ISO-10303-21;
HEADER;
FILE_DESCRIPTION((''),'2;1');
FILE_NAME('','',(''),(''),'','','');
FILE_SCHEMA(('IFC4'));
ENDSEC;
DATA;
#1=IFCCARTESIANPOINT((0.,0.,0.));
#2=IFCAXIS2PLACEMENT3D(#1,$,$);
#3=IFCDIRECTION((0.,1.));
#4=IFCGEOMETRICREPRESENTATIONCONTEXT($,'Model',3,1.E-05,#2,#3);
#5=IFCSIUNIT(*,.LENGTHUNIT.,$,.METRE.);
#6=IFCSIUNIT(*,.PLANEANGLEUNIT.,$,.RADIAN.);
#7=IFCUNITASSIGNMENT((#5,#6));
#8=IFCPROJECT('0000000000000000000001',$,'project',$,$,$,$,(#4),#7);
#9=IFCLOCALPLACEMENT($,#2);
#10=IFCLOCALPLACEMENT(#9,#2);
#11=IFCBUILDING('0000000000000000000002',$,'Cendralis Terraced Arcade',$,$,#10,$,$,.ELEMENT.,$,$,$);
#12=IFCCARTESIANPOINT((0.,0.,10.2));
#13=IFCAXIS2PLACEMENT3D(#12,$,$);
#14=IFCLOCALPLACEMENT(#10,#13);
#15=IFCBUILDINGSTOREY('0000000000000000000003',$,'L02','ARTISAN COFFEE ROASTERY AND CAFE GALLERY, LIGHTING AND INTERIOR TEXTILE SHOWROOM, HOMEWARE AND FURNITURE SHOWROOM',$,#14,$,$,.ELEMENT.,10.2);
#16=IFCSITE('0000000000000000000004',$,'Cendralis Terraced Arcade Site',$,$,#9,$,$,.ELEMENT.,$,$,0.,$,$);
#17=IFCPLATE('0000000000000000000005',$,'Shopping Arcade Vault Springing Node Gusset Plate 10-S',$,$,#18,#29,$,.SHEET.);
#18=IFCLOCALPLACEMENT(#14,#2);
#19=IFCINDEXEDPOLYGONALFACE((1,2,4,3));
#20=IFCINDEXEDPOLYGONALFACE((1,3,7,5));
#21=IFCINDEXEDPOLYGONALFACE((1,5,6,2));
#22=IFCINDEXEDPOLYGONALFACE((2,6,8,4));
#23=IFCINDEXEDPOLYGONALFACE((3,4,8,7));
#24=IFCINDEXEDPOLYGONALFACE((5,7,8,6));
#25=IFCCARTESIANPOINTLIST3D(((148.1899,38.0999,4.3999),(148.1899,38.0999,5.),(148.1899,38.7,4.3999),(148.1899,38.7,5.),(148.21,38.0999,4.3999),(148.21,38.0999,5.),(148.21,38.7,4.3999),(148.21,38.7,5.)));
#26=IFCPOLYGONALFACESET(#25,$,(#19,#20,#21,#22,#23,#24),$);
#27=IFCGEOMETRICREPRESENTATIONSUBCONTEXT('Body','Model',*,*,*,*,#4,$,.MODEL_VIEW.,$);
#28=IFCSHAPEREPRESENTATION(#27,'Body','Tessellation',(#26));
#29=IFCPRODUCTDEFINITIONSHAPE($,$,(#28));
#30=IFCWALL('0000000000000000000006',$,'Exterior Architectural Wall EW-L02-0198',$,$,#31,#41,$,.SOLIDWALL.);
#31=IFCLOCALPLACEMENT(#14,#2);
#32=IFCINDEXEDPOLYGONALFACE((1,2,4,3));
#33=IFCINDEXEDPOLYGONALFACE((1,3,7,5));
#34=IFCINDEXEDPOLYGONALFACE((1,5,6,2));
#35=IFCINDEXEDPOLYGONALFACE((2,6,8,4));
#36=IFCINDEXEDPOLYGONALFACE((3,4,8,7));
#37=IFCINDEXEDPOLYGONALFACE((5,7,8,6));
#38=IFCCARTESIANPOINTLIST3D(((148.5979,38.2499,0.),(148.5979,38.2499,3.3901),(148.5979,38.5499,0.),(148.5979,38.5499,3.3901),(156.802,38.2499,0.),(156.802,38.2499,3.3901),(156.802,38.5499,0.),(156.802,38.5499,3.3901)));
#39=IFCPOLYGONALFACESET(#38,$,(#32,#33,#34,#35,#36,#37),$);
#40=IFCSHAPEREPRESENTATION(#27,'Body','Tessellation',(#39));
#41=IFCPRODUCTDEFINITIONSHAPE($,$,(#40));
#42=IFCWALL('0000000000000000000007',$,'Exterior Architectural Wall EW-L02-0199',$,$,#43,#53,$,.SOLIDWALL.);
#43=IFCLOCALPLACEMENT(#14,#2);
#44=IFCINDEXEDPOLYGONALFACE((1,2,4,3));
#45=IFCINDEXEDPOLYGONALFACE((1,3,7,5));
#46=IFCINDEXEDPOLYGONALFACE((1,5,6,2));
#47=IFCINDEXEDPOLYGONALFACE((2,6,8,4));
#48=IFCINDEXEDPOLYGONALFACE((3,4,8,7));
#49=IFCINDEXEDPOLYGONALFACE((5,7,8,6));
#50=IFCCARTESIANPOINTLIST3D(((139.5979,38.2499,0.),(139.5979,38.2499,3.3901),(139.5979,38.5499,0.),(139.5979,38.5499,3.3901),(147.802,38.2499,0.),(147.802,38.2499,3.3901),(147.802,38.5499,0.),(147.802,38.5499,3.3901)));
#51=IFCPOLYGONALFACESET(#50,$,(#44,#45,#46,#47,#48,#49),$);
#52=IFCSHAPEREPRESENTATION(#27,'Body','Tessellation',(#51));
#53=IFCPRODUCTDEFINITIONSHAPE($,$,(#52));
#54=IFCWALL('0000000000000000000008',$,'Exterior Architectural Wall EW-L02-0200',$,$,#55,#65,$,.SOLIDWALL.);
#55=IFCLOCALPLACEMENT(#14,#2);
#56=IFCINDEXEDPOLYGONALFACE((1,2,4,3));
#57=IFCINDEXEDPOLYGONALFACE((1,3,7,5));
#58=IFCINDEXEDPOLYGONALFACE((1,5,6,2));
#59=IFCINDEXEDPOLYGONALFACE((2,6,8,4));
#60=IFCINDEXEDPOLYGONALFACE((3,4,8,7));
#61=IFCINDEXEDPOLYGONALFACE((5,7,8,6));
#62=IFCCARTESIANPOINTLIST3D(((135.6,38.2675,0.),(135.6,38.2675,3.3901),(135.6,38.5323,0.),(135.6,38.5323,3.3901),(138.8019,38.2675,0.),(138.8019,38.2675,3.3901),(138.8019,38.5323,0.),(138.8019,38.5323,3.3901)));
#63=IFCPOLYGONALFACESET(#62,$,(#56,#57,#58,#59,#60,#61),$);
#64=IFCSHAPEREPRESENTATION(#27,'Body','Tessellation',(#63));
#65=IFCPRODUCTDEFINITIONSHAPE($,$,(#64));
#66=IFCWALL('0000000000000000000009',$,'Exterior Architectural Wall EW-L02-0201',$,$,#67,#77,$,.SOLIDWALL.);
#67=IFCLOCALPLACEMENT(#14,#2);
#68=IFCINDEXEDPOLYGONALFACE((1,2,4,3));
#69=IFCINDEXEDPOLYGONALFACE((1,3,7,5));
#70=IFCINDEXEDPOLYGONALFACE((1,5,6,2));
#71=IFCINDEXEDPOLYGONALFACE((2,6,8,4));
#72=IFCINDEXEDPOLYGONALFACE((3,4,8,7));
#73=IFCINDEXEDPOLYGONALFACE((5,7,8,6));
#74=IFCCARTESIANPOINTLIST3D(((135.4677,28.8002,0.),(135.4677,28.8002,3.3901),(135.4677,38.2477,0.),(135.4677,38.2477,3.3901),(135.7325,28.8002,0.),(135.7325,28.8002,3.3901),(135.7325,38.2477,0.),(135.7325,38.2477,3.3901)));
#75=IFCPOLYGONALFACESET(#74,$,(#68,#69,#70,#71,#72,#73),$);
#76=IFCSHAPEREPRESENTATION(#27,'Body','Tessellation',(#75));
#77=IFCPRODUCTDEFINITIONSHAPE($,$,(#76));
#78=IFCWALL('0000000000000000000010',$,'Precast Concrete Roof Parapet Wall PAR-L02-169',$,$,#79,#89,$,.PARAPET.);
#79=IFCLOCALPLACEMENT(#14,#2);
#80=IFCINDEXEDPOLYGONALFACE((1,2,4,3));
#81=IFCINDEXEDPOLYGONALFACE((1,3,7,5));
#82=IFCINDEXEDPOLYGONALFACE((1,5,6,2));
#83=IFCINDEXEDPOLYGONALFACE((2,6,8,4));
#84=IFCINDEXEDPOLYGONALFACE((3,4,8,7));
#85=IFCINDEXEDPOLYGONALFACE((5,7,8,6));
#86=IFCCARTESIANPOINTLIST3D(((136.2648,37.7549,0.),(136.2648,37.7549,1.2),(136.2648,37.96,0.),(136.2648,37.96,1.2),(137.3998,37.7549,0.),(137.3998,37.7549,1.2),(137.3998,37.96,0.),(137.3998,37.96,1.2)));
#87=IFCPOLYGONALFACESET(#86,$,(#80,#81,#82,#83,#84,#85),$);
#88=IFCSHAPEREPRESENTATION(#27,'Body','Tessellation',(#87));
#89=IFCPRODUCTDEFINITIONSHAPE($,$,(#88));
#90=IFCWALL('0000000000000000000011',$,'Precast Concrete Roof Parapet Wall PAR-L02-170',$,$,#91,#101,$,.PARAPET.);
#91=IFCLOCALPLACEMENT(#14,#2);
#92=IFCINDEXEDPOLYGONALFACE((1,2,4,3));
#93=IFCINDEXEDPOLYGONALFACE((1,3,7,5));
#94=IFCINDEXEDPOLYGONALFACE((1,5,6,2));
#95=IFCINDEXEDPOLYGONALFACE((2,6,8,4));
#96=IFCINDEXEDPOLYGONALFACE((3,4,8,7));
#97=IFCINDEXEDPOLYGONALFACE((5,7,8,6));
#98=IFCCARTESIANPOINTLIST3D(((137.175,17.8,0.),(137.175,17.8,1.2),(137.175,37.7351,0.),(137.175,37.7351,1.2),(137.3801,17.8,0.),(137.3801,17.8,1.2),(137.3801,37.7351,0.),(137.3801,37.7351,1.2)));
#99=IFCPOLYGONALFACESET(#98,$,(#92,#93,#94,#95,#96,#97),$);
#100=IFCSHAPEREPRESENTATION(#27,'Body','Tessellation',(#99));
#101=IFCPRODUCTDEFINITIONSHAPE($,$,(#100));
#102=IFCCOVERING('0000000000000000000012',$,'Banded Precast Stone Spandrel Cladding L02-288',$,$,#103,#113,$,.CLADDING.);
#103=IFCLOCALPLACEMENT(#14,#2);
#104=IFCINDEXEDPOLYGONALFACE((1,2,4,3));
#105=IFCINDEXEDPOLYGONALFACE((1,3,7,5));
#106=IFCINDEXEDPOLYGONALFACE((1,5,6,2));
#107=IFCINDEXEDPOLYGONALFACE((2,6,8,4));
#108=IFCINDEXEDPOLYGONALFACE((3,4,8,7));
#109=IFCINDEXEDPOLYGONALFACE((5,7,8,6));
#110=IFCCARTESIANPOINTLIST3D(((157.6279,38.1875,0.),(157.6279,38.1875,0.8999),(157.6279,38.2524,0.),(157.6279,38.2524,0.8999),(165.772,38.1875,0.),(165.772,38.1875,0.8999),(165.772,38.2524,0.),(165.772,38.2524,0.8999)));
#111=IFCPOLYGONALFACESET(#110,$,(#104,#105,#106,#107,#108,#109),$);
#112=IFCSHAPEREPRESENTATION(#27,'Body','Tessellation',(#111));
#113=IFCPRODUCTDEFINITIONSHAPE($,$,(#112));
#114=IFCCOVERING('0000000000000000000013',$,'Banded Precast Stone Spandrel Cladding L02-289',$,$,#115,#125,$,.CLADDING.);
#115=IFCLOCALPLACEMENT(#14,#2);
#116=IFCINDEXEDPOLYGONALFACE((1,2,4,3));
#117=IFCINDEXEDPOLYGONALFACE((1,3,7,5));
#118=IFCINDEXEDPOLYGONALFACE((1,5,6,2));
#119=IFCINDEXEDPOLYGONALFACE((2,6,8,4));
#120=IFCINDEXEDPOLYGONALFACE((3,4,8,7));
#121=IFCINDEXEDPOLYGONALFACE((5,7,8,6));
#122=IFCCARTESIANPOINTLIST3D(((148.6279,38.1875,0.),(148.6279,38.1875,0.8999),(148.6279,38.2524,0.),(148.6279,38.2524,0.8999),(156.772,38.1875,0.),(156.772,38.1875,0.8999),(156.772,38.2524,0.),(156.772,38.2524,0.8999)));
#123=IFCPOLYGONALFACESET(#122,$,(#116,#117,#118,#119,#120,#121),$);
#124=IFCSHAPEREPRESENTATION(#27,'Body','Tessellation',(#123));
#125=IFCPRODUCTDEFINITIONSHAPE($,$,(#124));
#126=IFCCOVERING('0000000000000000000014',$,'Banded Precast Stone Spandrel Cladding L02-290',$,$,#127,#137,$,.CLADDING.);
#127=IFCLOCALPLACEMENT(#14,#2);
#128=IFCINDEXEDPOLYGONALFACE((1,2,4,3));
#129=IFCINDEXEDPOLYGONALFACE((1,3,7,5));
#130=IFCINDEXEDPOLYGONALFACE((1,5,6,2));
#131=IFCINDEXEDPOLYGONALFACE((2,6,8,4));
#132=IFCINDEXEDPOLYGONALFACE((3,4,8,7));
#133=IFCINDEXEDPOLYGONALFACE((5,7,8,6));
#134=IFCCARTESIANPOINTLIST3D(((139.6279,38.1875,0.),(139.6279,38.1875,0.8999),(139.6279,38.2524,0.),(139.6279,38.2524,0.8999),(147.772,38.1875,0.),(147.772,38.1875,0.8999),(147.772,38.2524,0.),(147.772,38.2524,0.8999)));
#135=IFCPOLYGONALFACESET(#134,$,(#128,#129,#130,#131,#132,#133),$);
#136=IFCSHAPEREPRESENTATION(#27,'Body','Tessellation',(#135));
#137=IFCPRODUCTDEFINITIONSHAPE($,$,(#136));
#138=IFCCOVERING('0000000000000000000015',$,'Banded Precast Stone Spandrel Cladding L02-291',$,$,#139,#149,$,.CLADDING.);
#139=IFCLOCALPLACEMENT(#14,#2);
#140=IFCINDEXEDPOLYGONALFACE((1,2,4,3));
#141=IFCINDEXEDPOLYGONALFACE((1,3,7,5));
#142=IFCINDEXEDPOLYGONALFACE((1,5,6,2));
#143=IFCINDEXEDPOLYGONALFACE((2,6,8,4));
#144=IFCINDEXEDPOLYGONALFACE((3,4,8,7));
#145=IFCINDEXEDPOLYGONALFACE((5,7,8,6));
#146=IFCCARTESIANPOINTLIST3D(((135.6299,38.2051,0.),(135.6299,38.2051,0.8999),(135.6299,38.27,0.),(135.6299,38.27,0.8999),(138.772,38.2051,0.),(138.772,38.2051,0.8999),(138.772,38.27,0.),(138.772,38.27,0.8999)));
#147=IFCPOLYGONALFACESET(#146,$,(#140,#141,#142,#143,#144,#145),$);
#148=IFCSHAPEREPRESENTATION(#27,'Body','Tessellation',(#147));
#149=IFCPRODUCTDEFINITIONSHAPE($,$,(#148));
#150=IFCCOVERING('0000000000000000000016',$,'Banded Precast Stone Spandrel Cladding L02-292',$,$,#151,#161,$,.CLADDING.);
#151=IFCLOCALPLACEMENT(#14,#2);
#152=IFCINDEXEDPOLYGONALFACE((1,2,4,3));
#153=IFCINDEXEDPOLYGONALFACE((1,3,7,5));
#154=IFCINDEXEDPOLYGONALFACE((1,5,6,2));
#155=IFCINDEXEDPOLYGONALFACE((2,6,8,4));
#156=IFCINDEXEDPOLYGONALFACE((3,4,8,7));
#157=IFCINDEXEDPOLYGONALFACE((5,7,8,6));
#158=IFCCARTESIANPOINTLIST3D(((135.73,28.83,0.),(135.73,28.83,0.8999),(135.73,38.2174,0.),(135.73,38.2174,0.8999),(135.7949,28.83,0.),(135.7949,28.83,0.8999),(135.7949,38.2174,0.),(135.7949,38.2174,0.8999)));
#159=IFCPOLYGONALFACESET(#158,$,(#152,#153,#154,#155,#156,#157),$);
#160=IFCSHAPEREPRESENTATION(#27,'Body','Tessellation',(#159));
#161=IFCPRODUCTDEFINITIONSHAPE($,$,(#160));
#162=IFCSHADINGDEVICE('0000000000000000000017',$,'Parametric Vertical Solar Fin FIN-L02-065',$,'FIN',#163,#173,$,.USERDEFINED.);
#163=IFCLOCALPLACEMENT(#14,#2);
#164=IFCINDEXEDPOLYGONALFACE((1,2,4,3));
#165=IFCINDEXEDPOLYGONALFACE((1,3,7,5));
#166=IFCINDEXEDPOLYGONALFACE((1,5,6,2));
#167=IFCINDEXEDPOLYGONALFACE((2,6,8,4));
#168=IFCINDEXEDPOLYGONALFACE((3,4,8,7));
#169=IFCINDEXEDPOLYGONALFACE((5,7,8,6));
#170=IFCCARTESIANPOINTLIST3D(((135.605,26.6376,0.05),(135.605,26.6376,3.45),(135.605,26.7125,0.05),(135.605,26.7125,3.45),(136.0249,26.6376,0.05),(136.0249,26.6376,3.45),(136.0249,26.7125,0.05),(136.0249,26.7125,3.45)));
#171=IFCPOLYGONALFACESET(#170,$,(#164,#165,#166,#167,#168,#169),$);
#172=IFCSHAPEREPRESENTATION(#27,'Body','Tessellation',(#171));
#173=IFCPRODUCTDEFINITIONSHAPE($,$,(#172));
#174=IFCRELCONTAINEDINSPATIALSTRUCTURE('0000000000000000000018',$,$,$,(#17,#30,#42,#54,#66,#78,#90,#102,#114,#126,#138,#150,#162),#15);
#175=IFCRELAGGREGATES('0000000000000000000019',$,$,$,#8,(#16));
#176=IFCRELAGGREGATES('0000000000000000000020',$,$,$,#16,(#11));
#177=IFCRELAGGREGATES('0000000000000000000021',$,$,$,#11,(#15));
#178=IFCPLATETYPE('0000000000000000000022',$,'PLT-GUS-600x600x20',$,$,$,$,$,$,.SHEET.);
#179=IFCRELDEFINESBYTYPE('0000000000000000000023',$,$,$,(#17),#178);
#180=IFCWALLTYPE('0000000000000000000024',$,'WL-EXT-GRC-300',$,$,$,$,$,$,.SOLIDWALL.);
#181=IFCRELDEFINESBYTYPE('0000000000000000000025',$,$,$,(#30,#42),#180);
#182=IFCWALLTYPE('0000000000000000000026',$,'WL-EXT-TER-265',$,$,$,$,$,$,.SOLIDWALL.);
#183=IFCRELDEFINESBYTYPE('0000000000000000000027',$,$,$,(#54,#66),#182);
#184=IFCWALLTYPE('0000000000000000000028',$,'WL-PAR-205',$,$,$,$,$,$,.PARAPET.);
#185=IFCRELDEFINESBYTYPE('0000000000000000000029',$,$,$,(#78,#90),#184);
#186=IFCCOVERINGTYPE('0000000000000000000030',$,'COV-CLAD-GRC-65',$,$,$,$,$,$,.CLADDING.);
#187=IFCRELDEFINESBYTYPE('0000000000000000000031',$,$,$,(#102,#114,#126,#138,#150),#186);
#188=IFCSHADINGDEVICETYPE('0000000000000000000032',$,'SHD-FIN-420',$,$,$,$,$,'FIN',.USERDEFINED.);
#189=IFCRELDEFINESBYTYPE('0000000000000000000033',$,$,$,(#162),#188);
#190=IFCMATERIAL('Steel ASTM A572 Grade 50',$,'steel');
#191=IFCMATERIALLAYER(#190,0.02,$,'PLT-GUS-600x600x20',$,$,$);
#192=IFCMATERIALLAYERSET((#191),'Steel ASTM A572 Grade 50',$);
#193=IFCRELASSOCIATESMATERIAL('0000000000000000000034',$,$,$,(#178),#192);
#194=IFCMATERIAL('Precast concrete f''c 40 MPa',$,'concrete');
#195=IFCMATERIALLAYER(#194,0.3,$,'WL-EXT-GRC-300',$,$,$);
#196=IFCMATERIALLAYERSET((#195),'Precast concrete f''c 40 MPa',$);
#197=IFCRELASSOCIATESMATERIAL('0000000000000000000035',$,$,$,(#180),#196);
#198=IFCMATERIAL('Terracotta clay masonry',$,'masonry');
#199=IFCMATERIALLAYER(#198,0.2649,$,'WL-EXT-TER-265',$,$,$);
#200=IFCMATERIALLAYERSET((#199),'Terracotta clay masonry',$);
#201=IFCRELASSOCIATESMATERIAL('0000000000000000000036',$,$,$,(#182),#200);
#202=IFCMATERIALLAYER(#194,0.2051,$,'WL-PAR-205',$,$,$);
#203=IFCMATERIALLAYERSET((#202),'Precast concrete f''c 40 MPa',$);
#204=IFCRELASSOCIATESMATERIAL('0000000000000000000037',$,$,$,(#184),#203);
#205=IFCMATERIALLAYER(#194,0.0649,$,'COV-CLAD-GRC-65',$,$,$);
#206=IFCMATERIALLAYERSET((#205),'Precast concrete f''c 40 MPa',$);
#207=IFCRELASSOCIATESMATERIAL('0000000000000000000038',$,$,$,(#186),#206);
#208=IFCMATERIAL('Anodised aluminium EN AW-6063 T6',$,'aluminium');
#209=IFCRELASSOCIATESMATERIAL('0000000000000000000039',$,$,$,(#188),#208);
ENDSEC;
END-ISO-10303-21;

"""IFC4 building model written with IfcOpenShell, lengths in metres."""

from ifc_helpers import new_model, si_unit, direction, frame, frame_2d, origin, origin_2d, place, context, subcontext, project, spatial, rectangle, extrude, material, layer, layer_set, type_object, element, save


model = new_model("IFC4")

# Units and contexts
model_context = context("Model", 3, precision=1e-05, world=origin(), true_north=direction((0.0, 1.0)))
body_context = subcontext(model_context, "Body", "Model", "MODEL_VIEW")
ifc_project = project(units=[si_unit("LENGTHUNIT", "METRE"), si_unit("PLANEANGLEUNIT", "RADIAN")], contexts=[model_context])

# Site, building, storey
site_placement = place(None, origin())
site = spatial("IfcSite", under=ifc_project, at=site_placement, Name="Cendralis Terraced Arcade Site", CompositionType="ELEMENT", RefElevation=0.0)
building_placement = place(site_placement, origin())
building = spatial("IfcBuilding", under=site, at=building_placement, Name="Cendralis Terraced Arcade", CompositionType="ELEMENT")
storey_placement = place(building_placement, frame((0.0, 0.0, 10.2)))
storey = spatial("IfcBuildingStorey", under=building, at=storey_placement, Name="L02", Description="ARTISAN COFFEE ROASTERY AND CAFE GALLERY, LIGHTING AND INTERIOR TEXTILE SHOWROOM, HOMEWARE AND FURNITURE SHOWROOM", CompositionType="ELEMENT", Elevation=10.2)

# Plate
ifc_material_1 = material(Name="Steel ASTM A572 Grade 50", Category="steel")
ifc_layer_1 = layer(ifc_material_1, 0.02, Name="PLT-GUS-600x600x20")
ifc_layer_set_1 = layer_set([ifc_layer_1], Name="Steel ASTM A572 Grade 50")
plate_type_1 = type_object("IfcPlateType", Name="PLT-GUS-600x600x20", PredefinedType="SHEET", material=ifc_layer_set_1)
plate_1_placement = place(storey_placement, frame((148.2, 38.3999, 4.3999), z_axis=(0.0, 0.0, 1.0), x_axis=(0.0, 1.0, 0.0)))
element("IfcPlate", 1, at=plate_1_placement, inside=storey, type_object=plate_type_1, Name="Shopping Arcade Vault Springing Node Gusset Plate 10-S", PredefinedType="SHEET", context=body_context, shape_type="SweptSolid", body=[
    extrude(rectangle(XDim=0.6001, YDim=0.02, at=origin_2d()), origin(), (0.0, 0.0, 1.0), 0.6001),
])

# Walls
ifc_material_2 = material(Name="Precast concrete f'c 40 MPa", Category="concrete")
ifc_layer_2 = layer(ifc_material_2, 0.3, Name="WL-EXT-GRC-300")
ifc_layer_set_2 = layer_set([ifc_layer_2], Name="Precast concrete f'c 40 MPa")
wall_type_1 = type_object("IfcWallType", Name="WL-EXT-GRC-300", PredefinedType="SOLIDWALL", material=ifc_layer_set_2)
for number, where, z_axis, x_axis, name in (
    (2, (156.802, 38.3999, 0.0), (0.0, 0.0, 1.0), (-1.0, 0.0, 0.0), "Exterior Architectural Wall EW-L02-0198"),
    (3, (147.802, 38.3999, 0.0), (0.0, 0.0, 1.0), (-1.0, 0.0, 0.0), "Exterior Architectural Wall EW-L02-0199"),
):
    element("IfcWall", number, at=place(storey_placement, frame(where, z_axis=z_axis, x_axis=x_axis)), inside=storey, type_object=wall_type_1, Name=name, PredefinedType="SOLIDWALL", context=body_context, shape_type="SweptSolid", body=[
        extrude(rectangle(XDim=8.2041, YDim=0.3, at=frame_2d((4.1021, 0.0))), origin(), (0.0, 0.0, 1.0), 3.3901),
    ])
ifc_material_3 = material(Name="Terracotta clay masonry", Category="masonry")
ifc_layer_3 = layer(ifc_material_3, 0.2649, Name="WL-EXT-TER-265")
ifc_layer_set_3 = layer_set([ifc_layer_3], Name="Terracotta clay masonry")
wall_type_2 = type_object("IfcWallType", Name="WL-EXT-TER-265", PredefinedType="SOLIDWALL", material=ifc_layer_set_3)
wall_1_placement = place(storey_placement, frame((138.802, 38.3999, 0.0), z_axis=(0.0, 0.0, 1.0), x_axis=(-1.0, 0.0, 0.0)))
element("IfcWall", 4, at=wall_1_placement, inside=storey, type_object=wall_type_2, Name="Exterior Architectural Wall EW-L02-0200", PredefinedType="SOLIDWALL", context=body_context, shape_type="SweptSolid", body=[
    extrude(rectangle(XDim=3.2019, YDim=0.2649, at=frame_2d((1.6011, 0.0))), origin(), (0.0, 0.0, 1.0), 3.3901),
])
wall_2_placement = place(storey_placement, frame((135.6001, 38.2476, 0.0), z_axis=(0.0, 0.0, 1.0), x_axis=(0.0, -1.0, 0.0)))
element("IfcWall", 5, at=wall_2_placement, inside=storey, type_object=wall_type_2, Name="Exterior Architectural Wall EW-L02-0201", PredefinedType="SOLIDWALL", context=body_context, shape_type="SweptSolid", body=[
    extrude(rectangle(XDim=9.4475, YDim=0.2649, at=frame_2d((4.7236, 0.0))), origin(), (0.0, 0.0, 1.0), 3.3901),
])
ifc_layer_4 = layer(ifc_material_2, 0.2051, Name="WL-PAR-205")
ifc_layer_set_4 = layer_set([ifc_layer_4], Name="Precast concrete f'c 40 MPa")
wall_type_3 = type_object("IfcWallType", Name="WL-PAR-205", PredefinedType="PARAPET", material=ifc_layer_set_4)
wall_3_placement = place(storey_placement, frame((136.2649, 37.8574, 0.0), z_axis=(0.0, 0.0, 1.0), x_axis=(1.0, 0.0, 0.0)))
element("IfcWall", 6, at=wall_3_placement, inside=storey, type_object=wall_type_3, Name="Precast Concrete Roof Parapet Wall PAR-L02-169", PredefinedType="PARAPET", context=body_context, shape_type="SweptSolid", body=[
    extrude(rectangle(XDim=1.135, YDim=0.2051, at=frame_2d((0.5674, 0.0))), origin(), (0.0, 0.0, 1.0), 1.2),
])
wall_4_placement = place(storey_placement, frame((137.2776, 37.7351, 0.0), z_axis=(0.0, 0.0, 1.0), x_axis=(0.0, -1.0, 0.0)))
element("IfcWall", 7, at=wall_4_placement, inside=storey, type_object=wall_type_3, Name="Precast Concrete Roof Parapet Wall PAR-L02-170", PredefinedType="PARAPET", context=body_context, shape_type="SweptSolid", body=[
    extrude(rectangle(XDim=19.9351, YDim=0.2051, at=frame_2d((9.9675, 0.0))), origin(), (0.0, 0.0, 1.0), 1.2),
])

# Coverings
ifc_layer_5 = layer(ifc_material_2, 0.0649, Name="COV-CLAD-GRC-65")
ifc_layer_set_5 = layer_set([ifc_layer_5], Name="Precast concrete f'c 40 MPa")
covering_type = type_object("IfcCoveringType", Name="COV-CLAD-GRC-65", PredefinedType="CLADDING", material=ifc_layer_set_5)
for number, where, z_axis, x_axis, name in (
    (8, (161.7, 38.22, 0.0), (0.0, 0.0, 1.0), (-1.0, 0.0, 0.0), "Banded Precast Stone Spandrel Cladding L02-288"),
    (9, (152.7, 38.22, 0.0), (0.0, 0.0, 1.0), (-1.0, 0.0, 0.0), "Banded Precast Stone Spandrel Cladding L02-289"),
    (10, (143.7, 38.22, 0.0), (0.0, 0.0, 1.0), (-1.0, 0.0, 0.0), "Banded Precast Stone Spandrel Cladding L02-290"),
):
    element("IfcCovering", number, at=place(storey_placement, frame(where, z_axis=z_axis, x_axis=x_axis)), inside=storey, type_object=covering_type, Name=name, PredefinedType="CLADDING", context=body_context, shape_type="SweptSolid", body=[
        extrude(rectangle(XDim=8.144, YDim=0.0649, at=origin_2d()), origin(), (0.0, 0.0, 1.0), 0.8999),
    ])
covering_1_placement = place(storey_placement, frame((137.2009, 38.2375, 0.0), z_axis=(0.0, 0.0, 1.0), x_axis=(-1.0, 0.0, 0.0)))
element("IfcCovering", 11, at=covering_1_placement, inside=storey, type_object=covering_type, Name="Banded Precast Stone Spandrel Cladding L02-291", PredefinedType="CLADDING", context=body_context, shape_type="SweptSolid", body=[
    extrude(rectangle(XDim=3.1421, YDim=0.0649, at=origin_2d()), origin(), (0.0, 0.0, 1.0), 0.8999),
])
covering_2_placement = place(storey_placement, frame((135.7625, 33.5237, 0.0), z_axis=(0.0, 0.0, 1.0), x_axis=(0.0, -1.0, 0.0)))
element("IfcCovering", 12, at=covering_2_placement, inside=storey, type_object=covering_type, Name="Banded Precast Stone Spandrel Cladding L02-292", PredefinedType="CLADDING", context=body_context, shape_type="SweptSolid", body=[
    extrude(rectangle(XDim=9.3875, YDim=0.0649, at=origin_2d()), origin(), (0.0, 0.0, 1.0), 0.8999),
])

# Shading device
ifc_material_4 = material(Name="Anodised aluminium EN AW-6063 T6", Category="aluminium")
shading_device_type = type_object("IfcShadingDeviceType", Name="SHD-FIN-420", ElementType="FIN", PredefinedType="USERDEFINED", material=ifc_material_4)
shading_device_placement = place(storey_placement, frame((135.8149, 26.675, 0.05), z_axis=(0.0, 0.0, 1.0), x_axis=(0.0, -1.0, 0.0)))
element("IfcShadingDevice", 13, at=shading_device_placement, inside=storey, type_object=shading_device_type, Name="Parametric Vertical Solar Fin FIN-L02-065", ObjectType="FIN", PredefinedType="USERDEFINED", context=body_context, shape_type="SweptSolid", body=[
    extrude(rectangle(XDim=0.075, YDim=0.4199, at=origin_2d()), origin(), (0.0, 0.0, 1.0), 3.3999),
])

save(model, "model.ifc")
